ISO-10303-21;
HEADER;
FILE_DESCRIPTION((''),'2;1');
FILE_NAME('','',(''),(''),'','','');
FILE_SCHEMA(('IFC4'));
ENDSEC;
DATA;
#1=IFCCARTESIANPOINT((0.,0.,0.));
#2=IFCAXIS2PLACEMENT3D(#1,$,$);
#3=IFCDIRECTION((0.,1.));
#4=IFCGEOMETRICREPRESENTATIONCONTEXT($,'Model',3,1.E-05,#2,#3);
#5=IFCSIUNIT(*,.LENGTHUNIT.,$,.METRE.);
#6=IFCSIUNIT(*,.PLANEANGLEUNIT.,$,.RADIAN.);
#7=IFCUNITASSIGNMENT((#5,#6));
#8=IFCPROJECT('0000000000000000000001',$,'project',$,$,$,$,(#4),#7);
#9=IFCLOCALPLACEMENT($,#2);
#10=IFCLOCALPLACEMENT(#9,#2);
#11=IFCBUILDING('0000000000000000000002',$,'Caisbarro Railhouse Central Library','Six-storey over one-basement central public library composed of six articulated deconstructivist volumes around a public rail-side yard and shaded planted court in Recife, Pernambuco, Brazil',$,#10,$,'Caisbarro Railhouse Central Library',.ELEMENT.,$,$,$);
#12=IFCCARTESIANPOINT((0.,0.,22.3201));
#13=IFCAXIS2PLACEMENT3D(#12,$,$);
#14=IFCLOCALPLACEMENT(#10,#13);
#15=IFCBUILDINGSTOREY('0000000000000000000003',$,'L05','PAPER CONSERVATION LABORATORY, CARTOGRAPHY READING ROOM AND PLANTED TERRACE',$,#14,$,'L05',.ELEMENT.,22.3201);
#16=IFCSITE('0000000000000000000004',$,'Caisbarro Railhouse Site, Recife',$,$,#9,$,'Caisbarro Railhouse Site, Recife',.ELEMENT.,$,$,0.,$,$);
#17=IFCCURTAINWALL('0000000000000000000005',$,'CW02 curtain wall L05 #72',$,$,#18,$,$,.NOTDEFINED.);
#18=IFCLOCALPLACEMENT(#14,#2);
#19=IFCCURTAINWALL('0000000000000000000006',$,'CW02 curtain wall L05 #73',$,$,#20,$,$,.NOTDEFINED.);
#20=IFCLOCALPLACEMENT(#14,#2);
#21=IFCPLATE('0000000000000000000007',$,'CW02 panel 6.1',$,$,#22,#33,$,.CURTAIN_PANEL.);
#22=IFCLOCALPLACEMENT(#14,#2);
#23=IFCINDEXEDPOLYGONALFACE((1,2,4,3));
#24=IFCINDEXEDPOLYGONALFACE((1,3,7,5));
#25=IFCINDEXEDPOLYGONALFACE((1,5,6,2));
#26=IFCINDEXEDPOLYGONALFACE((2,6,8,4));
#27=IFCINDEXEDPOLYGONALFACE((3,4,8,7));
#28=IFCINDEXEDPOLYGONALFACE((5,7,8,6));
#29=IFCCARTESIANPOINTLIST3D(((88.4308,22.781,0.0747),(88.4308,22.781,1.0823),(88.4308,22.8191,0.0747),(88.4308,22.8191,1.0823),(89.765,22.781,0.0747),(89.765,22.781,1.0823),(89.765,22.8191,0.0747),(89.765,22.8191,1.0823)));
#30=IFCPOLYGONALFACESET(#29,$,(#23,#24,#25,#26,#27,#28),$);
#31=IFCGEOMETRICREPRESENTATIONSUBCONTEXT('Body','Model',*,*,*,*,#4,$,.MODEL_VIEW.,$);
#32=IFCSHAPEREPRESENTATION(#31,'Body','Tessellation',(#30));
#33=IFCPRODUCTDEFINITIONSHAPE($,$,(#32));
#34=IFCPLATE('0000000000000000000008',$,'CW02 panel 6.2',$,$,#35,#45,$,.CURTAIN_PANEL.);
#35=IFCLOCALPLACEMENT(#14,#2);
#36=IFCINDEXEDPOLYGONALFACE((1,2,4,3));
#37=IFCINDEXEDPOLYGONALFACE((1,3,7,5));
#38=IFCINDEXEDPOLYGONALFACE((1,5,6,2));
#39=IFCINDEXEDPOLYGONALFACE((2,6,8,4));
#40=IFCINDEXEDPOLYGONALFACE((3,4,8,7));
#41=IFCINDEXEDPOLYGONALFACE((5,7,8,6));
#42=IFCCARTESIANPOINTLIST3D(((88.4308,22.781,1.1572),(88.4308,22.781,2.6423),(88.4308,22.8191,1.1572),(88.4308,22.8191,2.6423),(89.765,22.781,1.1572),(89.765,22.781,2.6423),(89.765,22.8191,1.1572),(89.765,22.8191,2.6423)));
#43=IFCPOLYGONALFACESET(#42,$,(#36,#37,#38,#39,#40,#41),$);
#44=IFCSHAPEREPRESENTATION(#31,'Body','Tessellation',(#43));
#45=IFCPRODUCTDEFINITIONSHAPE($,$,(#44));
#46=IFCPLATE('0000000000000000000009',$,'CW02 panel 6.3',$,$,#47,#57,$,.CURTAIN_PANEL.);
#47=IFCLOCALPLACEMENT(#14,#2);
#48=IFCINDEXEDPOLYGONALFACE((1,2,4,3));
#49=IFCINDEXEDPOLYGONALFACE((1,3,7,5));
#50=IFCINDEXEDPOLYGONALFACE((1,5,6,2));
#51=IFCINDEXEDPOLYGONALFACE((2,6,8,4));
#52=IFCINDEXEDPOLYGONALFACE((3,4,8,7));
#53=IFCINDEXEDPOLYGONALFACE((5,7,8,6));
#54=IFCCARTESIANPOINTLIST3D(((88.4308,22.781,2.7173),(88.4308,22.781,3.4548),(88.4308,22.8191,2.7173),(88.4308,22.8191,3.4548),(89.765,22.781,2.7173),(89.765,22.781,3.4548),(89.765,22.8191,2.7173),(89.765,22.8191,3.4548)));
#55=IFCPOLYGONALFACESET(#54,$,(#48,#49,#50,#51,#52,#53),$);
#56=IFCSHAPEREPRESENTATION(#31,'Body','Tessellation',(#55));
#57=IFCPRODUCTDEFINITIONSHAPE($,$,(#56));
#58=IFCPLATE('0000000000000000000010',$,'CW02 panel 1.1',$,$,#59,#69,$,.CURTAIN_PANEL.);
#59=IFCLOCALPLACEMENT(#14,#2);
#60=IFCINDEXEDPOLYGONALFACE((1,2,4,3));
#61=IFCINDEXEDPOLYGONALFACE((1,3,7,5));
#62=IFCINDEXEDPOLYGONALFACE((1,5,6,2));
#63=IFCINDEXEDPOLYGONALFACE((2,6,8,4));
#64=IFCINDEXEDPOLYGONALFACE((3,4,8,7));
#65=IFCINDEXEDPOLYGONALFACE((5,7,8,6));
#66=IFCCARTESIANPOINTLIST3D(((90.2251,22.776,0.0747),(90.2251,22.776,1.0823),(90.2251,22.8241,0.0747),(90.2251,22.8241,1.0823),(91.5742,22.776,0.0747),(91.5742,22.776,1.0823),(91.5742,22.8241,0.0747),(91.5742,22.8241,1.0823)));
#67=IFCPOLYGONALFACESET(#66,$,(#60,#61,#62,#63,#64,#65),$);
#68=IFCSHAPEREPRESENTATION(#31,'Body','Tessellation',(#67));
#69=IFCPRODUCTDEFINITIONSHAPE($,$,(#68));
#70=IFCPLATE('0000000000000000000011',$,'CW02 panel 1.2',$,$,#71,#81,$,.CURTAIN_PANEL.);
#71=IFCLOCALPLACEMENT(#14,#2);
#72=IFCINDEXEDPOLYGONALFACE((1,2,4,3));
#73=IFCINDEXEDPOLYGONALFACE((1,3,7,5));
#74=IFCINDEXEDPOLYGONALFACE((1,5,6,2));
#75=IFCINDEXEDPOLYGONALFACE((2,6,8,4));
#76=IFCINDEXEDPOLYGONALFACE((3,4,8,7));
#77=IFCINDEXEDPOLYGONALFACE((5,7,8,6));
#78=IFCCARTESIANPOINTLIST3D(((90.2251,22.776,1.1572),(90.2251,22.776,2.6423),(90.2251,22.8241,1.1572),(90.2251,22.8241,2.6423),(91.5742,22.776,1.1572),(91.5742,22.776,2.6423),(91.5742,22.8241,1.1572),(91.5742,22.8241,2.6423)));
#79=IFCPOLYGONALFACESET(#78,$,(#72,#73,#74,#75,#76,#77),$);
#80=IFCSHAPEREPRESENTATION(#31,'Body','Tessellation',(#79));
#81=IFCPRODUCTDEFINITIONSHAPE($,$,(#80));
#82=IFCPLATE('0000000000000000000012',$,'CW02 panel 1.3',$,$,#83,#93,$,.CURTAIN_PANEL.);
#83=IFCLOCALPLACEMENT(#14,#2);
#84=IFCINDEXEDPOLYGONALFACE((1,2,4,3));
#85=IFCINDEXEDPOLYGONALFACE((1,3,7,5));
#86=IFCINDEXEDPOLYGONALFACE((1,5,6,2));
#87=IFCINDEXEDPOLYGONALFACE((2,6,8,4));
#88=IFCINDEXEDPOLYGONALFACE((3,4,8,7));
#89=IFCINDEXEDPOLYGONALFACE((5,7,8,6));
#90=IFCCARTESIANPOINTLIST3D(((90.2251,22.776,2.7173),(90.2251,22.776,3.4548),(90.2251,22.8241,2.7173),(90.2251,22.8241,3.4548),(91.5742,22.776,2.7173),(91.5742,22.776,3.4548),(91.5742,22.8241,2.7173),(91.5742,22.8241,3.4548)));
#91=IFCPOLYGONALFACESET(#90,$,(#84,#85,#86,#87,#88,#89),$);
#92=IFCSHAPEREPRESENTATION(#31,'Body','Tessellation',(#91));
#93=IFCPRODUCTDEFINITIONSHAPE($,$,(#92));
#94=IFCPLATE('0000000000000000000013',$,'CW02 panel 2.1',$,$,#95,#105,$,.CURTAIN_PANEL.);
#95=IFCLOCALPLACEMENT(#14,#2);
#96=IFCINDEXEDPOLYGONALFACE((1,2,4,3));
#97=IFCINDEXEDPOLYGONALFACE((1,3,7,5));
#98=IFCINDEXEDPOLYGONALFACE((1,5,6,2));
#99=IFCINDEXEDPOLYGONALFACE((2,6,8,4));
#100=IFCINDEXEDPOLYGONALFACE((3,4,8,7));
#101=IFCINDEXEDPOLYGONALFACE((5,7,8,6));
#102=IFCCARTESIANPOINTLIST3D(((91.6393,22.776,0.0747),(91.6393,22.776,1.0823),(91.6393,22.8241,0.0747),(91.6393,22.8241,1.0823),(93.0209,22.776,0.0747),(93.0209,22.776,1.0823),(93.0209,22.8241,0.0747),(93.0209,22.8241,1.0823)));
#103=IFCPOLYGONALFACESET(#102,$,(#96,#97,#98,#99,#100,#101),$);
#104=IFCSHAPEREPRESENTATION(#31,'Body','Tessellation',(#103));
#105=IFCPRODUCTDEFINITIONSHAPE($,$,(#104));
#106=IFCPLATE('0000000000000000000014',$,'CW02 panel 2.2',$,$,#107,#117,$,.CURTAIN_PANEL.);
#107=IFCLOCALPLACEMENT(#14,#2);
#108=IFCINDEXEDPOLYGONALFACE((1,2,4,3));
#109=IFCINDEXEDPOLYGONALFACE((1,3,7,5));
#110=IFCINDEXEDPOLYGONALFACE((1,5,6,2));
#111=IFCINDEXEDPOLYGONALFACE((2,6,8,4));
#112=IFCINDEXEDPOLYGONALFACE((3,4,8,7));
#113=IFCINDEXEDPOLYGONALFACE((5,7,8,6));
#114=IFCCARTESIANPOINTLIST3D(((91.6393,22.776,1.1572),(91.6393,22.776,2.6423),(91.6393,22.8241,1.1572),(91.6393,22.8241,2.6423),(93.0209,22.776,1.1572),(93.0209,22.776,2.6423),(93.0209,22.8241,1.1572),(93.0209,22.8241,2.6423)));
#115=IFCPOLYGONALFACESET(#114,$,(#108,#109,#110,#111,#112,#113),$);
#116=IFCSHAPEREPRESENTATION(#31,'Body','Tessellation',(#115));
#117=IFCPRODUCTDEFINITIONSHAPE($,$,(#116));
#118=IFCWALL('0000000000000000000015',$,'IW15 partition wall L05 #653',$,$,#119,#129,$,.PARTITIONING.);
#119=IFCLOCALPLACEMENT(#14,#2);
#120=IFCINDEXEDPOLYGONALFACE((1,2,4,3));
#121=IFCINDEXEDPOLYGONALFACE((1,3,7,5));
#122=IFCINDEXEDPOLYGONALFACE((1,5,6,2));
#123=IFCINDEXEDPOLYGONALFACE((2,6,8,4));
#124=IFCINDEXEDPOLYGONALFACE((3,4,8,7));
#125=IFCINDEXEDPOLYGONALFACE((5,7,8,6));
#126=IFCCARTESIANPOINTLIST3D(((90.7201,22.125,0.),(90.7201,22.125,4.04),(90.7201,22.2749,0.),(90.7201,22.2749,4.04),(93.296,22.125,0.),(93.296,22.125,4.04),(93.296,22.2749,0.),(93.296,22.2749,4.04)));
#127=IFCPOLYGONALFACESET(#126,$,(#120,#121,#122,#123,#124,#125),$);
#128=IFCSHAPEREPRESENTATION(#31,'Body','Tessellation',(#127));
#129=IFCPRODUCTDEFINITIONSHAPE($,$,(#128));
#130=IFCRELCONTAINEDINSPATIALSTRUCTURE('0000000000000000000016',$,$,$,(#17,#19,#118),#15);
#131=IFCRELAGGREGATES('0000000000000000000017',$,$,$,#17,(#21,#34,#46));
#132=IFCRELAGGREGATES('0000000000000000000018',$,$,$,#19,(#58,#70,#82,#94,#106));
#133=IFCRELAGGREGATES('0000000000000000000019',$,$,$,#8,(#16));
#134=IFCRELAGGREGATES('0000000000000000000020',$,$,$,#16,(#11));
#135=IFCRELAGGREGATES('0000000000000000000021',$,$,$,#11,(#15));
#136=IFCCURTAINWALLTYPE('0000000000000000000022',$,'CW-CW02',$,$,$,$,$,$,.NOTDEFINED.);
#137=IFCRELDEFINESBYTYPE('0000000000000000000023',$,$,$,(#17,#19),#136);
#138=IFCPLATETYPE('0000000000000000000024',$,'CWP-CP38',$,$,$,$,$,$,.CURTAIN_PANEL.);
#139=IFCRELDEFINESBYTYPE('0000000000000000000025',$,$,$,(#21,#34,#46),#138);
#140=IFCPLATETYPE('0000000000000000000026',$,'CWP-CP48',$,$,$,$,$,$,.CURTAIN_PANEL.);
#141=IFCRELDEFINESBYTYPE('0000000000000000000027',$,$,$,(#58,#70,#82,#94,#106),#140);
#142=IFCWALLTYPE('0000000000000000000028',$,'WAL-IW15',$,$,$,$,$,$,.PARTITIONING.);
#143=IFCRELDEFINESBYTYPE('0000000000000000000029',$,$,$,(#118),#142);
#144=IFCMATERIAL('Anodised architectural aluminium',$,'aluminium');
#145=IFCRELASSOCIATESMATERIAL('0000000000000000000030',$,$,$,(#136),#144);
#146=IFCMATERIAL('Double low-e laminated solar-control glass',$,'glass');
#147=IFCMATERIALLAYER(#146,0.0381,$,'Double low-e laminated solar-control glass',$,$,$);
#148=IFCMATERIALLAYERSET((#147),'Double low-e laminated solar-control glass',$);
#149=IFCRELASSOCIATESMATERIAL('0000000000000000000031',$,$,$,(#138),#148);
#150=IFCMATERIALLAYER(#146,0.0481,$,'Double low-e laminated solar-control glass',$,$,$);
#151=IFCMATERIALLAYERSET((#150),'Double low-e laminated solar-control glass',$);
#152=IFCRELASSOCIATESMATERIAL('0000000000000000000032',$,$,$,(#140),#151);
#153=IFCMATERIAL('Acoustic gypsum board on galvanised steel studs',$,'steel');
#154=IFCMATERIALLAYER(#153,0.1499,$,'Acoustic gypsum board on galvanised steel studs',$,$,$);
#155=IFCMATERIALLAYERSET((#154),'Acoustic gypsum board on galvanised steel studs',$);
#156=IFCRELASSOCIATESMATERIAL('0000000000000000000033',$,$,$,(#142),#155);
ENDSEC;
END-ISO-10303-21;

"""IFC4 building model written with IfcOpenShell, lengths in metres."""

from ifc_helpers import new_model, si_unit, direction, frame, frame_2d, origin, origin_2d, place, context, subcontext, project, spatial, rectangle, extrude, material, layer, layer_set, type_object, element, aggregate, save


model = new_model("IFC4")

# Units and contexts
model_context = context("Model", 3, precision=1e-05, world=origin(), true_north=direction((0.0, 1.0)))
body_context = subcontext(model_context, "Body", "Model", "MODEL_VIEW")
ifc_project = project(units=[si_unit("LENGTHUNIT", "METRE"), si_unit("PLANEANGLEUNIT", "RADIAN")], contexts=[model_context])

# Site, building, storey
site_placement = place(None, origin())
site = spatial("IfcSite", under=ifc_project, at=site_placement, Name="Caisbarro Railhouse Site, Recife", LongName="Caisbarro Railhouse Site, Recife", CompositionType="ELEMENT", RefElevation=0.0)
building_placement = place(site_placement, origin())
building = spatial("IfcBuilding", under=site, at=building_placement, Name="Caisbarro Railhouse Central Library", Description="Six-storey over one-basement central public library composed of six articulated deconstructivist volumes around a public rail-side yard and shaded planted court in Recife, Pernambuco, Brazil", LongName="Caisbarro Railhouse Central Library", CompositionType="ELEMENT")
storey_placement = place(building_placement, frame((0.0, 0.0, 22.3201)))
storey = spatial("IfcBuildingStorey", under=building, at=storey_placement, Name="L05", Description="PAPER CONSERVATION LABORATORY, CARTOGRAPHY READING ROOM AND PLANTED TERRACE", LongName="L05", CompositionType="ELEMENT", Elevation=22.3201)

# Curtain walls
ifc_material_1 = material(Name="Anodised architectural aluminium", Category="aluminium")
curtain_wall_type = type_object("IfcCurtainWallType", Name="CW-CW02", PredefinedType="NOTDEFINED", material=ifc_material_1)
curtain_wall_1_placement = place(storey_placement, origin())
curtain_wall_1 = element("IfcCurtainWall", 1, at=curtain_wall_1_placement, inside=storey, type_object=curtain_wall_type, Name="CW02 curtain wall L05 #72", PredefinedType="NOTDEFINED")
curtain_wall_2_placement = place(storey_placement, origin())
curtain_wall_2 = element("IfcCurtainWall", 2, at=curtain_wall_2_placement, inside=storey, type_object=curtain_wall_type, Name="CW02 curtain wall L05 #73", PredefinedType="NOTDEFINED")

# Plates
ifc_material_2 = material(Name="Double low-e laminated solar-control glass", Category="glass")
ifc_layer_1 = layer(ifc_material_2, 0.0381, Name="Double low-e laminated solar-control glass")
ifc_layer_set_1 = layer_set([ifc_layer_1], Name="Double low-e laminated solar-control glass")
plate_type_1 = type_object("IfcPlateType", Name="CWP-CP38", PredefinedType="CURTAIN_PANEL", material=ifc_layer_set_1)
plate_1_placement = place(storey_placement, frame((89.0979, 22.8, 0.0747), z_axis=(0.0, 0.0, 1.0), x_axis=(1.0, 0.0, 0.0)))
plate_1 = element("IfcPlate", 3, at=plate_1_placement, type_object=plate_type_1, Name="CW02 panel 6.1", PredefinedType="CURTAIN_PANEL", context=body_context, shape_type="SweptSolid", body=[
    extrude(rectangle(XDim=1.3342, YDim=0.0381, at=origin_2d()), origin(), (0.0, 0.0, 1.0), 1.0076),
])
plate_2_placement = place(storey_placement, frame((89.0979, 22.8, 1.1572), z_axis=(0.0, 0.0, 1.0), x_axis=(1.0, 0.0, 0.0)))
plate_2 = element("IfcPlate", 4, at=plate_2_placement, type_object=plate_type_1, Name="CW02 panel 6.2", PredefinedType="CURTAIN_PANEL", context=body_context, shape_type="SweptSolid", body=[
    extrude(rectangle(XDim=1.3342, YDim=0.0381, at=origin_2d()), origin(), (0.0, 0.0, 1.0), 1.4851),
])
plate_3_placement = place(storey_placement, frame((89.0979, 22.8, 2.7173), z_axis=(0.0, 0.0, 1.0), x_axis=(1.0, 0.0, 0.0)))
plate_3 = element("IfcPlate", 5, at=plate_3_placement, type_object=plate_type_1, Name="CW02 panel 6.3", PredefinedType="CURTAIN_PANEL", context=body_context, shape_type="SweptSolid", body=[
    extrude(rectangle(XDim=1.3342, YDim=0.0381, at=origin_2d()), origin(), (0.0, 0.0, 1.0), 0.7375),
])
aggregate(curtain_wall_1, [plate_1, plate_2, plate_3])
ifc_layer_2 = layer(ifc_material_2, 0.0481, Name="Double low-e laminated solar-control glass")
ifc_layer_set_2 = layer_set([ifc_layer_2], Name="Double low-e laminated solar-control glass")
plate_type_2 = type_object("IfcPlateType", Name="CWP-CP48", PredefinedType="CURTAIN_PANEL", material=ifc_layer_set_2)
plate_4_placement = place(storey_placement, frame((90.8997, 22.8, 0.0747), z_axis=(0.0, 0.0, 1.0), x_axis=(1.0, 0.0, 0.0)))
plate_4 = element("IfcPlate", 6, at=plate_4_placement, type_object=plate_type_2, Name="CW02 panel 1.1", PredefinedType="CURTAIN_PANEL", context=body_context, shape_type="SweptSolid", body=[
    extrude(rectangle(XDim=1.3491, YDim=0.0481, at=origin_2d()), origin(), (0.0, 0.0, 1.0), 1.0076),
])
plate_5_placement = place(storey_placement, frame((90.8997, 22.8, 1.1572), z_axis=(0.0, 0.0, 1.0), x_axis=(1.0, 0.0, 0.0)))
plate_5 = element("IfcPlate", 7, at=plate_5_placement, type_object=plate_type_2, Name="CW02 panel 1.2", PredefinedType="CURTAIN_PANEL", context=body_context, shape_type="SweptSolid", body=[
    extrude(rectangle(XDim=1.3491, YDim=0.0481, at=origin_2d()), origin(), (0.0, 0.0, 1.0), 1.4851),
])
plate_6_placement = place(storey_placement, frame((90.8997, 22.8, 2.7173), z_axis=(0.0, 0.0, 1.0), x_axis=(1.0, 0.0, 0.0)))
plate_6 = element("IfcPlate", 8, at=plate_6_placement, type_object=plate_type_2, Name="CW02 panel 1.3", PredefinedType="CURTAIN_PANEL", context=body_context, shape_type="SweptSolid", body=[
    extrude(rectangle(XDim=1.3491, YDim=0.0481, at=origin_2d()), origin(), (0.0, 0.0, 1.0), 0.7375),
])
plate_7_placement = place(storey_placement, frame((92.3301, 22.8, 0.0747), z_axis=(0.0, 0.0, 1.0), x_axis=(1.0, 0.0, 0.0)))
plate_7 = element("IfcPlate", 9, at=plate_7_placement, type_object=plate_type_2, Name="CW02 panel 2.1", PredefinedType="CURTAIN_PANEL", context=body_context, shape_type="SweptSolid", body=[
    extrude(rectangle(XDim=1.3816, YDim=0.0481, at=origin_2d()), origin(), (0.0, 0.0, 1.0), 1.0076),
])
plate_8_placement = place(storey_placement, frame((92.3301, 22.8, 1.1572), z_axis=(0.0, 0.0, 1.0), x_axis=(1.0, 0.0, 0.0)))
plate_8 = element("IfcPlate", 10, at=plate_8_placement, type_object=plate_type_2, Name="CW02 panel 2.2", PredefinedType="CURTAIN_PANEL", context=body_context, shape_type="SweptSolid", body=[
    extrude(rectangle(XDim=1.3816, YDim=0.0481, at=origin_2d()), origin(), (0.0, 0.0, 1.0), 1.4851),
])
aggregate(curtain_wall_2, [plate_4, plate_5, plate_6, plate_7, plate_8])

# Wall
ifc_material_3 = material(Name="Acoustic gypsum board on galvanised steel studs", Category="steel")
ifc_layer_3 = layer(ifc_material_3, 0.1499, Name="Acoustic gypsum board on galvanised steel studs")
ifc_layer_set_3 = layer_set([ifc_layer_3], Name="Acoustic gypsum board on galvanised steel studs")
wall_type = type_object("IfcWallType", Name="WAL-IW15", PredefinedType="PARTITIONING", material=ifc_layer_set_3)
wall_placement = place(storey_placement, frame((90.72, 22.2, 0.0), z_axis=(0.0, 0.0, 1.0), x_axis=(1.0, 0.0, 0.0)))
element("IfcWall", 11, at=wall_placement, inside=storey, type_object=wall_type, Name="IW15 partition wall L05 #653", PredefinedType="PARTITIONING", context=body_context, shape_type="SweptSolid", body=[
    extrude(rectangle(XDim=2.5759, YDim=0.1499, at=frame_2d((1.2881, 0.0))), origin(), (0.0, 0.0, 1.0), 4.04),
])

save(model, "model.ifc")
